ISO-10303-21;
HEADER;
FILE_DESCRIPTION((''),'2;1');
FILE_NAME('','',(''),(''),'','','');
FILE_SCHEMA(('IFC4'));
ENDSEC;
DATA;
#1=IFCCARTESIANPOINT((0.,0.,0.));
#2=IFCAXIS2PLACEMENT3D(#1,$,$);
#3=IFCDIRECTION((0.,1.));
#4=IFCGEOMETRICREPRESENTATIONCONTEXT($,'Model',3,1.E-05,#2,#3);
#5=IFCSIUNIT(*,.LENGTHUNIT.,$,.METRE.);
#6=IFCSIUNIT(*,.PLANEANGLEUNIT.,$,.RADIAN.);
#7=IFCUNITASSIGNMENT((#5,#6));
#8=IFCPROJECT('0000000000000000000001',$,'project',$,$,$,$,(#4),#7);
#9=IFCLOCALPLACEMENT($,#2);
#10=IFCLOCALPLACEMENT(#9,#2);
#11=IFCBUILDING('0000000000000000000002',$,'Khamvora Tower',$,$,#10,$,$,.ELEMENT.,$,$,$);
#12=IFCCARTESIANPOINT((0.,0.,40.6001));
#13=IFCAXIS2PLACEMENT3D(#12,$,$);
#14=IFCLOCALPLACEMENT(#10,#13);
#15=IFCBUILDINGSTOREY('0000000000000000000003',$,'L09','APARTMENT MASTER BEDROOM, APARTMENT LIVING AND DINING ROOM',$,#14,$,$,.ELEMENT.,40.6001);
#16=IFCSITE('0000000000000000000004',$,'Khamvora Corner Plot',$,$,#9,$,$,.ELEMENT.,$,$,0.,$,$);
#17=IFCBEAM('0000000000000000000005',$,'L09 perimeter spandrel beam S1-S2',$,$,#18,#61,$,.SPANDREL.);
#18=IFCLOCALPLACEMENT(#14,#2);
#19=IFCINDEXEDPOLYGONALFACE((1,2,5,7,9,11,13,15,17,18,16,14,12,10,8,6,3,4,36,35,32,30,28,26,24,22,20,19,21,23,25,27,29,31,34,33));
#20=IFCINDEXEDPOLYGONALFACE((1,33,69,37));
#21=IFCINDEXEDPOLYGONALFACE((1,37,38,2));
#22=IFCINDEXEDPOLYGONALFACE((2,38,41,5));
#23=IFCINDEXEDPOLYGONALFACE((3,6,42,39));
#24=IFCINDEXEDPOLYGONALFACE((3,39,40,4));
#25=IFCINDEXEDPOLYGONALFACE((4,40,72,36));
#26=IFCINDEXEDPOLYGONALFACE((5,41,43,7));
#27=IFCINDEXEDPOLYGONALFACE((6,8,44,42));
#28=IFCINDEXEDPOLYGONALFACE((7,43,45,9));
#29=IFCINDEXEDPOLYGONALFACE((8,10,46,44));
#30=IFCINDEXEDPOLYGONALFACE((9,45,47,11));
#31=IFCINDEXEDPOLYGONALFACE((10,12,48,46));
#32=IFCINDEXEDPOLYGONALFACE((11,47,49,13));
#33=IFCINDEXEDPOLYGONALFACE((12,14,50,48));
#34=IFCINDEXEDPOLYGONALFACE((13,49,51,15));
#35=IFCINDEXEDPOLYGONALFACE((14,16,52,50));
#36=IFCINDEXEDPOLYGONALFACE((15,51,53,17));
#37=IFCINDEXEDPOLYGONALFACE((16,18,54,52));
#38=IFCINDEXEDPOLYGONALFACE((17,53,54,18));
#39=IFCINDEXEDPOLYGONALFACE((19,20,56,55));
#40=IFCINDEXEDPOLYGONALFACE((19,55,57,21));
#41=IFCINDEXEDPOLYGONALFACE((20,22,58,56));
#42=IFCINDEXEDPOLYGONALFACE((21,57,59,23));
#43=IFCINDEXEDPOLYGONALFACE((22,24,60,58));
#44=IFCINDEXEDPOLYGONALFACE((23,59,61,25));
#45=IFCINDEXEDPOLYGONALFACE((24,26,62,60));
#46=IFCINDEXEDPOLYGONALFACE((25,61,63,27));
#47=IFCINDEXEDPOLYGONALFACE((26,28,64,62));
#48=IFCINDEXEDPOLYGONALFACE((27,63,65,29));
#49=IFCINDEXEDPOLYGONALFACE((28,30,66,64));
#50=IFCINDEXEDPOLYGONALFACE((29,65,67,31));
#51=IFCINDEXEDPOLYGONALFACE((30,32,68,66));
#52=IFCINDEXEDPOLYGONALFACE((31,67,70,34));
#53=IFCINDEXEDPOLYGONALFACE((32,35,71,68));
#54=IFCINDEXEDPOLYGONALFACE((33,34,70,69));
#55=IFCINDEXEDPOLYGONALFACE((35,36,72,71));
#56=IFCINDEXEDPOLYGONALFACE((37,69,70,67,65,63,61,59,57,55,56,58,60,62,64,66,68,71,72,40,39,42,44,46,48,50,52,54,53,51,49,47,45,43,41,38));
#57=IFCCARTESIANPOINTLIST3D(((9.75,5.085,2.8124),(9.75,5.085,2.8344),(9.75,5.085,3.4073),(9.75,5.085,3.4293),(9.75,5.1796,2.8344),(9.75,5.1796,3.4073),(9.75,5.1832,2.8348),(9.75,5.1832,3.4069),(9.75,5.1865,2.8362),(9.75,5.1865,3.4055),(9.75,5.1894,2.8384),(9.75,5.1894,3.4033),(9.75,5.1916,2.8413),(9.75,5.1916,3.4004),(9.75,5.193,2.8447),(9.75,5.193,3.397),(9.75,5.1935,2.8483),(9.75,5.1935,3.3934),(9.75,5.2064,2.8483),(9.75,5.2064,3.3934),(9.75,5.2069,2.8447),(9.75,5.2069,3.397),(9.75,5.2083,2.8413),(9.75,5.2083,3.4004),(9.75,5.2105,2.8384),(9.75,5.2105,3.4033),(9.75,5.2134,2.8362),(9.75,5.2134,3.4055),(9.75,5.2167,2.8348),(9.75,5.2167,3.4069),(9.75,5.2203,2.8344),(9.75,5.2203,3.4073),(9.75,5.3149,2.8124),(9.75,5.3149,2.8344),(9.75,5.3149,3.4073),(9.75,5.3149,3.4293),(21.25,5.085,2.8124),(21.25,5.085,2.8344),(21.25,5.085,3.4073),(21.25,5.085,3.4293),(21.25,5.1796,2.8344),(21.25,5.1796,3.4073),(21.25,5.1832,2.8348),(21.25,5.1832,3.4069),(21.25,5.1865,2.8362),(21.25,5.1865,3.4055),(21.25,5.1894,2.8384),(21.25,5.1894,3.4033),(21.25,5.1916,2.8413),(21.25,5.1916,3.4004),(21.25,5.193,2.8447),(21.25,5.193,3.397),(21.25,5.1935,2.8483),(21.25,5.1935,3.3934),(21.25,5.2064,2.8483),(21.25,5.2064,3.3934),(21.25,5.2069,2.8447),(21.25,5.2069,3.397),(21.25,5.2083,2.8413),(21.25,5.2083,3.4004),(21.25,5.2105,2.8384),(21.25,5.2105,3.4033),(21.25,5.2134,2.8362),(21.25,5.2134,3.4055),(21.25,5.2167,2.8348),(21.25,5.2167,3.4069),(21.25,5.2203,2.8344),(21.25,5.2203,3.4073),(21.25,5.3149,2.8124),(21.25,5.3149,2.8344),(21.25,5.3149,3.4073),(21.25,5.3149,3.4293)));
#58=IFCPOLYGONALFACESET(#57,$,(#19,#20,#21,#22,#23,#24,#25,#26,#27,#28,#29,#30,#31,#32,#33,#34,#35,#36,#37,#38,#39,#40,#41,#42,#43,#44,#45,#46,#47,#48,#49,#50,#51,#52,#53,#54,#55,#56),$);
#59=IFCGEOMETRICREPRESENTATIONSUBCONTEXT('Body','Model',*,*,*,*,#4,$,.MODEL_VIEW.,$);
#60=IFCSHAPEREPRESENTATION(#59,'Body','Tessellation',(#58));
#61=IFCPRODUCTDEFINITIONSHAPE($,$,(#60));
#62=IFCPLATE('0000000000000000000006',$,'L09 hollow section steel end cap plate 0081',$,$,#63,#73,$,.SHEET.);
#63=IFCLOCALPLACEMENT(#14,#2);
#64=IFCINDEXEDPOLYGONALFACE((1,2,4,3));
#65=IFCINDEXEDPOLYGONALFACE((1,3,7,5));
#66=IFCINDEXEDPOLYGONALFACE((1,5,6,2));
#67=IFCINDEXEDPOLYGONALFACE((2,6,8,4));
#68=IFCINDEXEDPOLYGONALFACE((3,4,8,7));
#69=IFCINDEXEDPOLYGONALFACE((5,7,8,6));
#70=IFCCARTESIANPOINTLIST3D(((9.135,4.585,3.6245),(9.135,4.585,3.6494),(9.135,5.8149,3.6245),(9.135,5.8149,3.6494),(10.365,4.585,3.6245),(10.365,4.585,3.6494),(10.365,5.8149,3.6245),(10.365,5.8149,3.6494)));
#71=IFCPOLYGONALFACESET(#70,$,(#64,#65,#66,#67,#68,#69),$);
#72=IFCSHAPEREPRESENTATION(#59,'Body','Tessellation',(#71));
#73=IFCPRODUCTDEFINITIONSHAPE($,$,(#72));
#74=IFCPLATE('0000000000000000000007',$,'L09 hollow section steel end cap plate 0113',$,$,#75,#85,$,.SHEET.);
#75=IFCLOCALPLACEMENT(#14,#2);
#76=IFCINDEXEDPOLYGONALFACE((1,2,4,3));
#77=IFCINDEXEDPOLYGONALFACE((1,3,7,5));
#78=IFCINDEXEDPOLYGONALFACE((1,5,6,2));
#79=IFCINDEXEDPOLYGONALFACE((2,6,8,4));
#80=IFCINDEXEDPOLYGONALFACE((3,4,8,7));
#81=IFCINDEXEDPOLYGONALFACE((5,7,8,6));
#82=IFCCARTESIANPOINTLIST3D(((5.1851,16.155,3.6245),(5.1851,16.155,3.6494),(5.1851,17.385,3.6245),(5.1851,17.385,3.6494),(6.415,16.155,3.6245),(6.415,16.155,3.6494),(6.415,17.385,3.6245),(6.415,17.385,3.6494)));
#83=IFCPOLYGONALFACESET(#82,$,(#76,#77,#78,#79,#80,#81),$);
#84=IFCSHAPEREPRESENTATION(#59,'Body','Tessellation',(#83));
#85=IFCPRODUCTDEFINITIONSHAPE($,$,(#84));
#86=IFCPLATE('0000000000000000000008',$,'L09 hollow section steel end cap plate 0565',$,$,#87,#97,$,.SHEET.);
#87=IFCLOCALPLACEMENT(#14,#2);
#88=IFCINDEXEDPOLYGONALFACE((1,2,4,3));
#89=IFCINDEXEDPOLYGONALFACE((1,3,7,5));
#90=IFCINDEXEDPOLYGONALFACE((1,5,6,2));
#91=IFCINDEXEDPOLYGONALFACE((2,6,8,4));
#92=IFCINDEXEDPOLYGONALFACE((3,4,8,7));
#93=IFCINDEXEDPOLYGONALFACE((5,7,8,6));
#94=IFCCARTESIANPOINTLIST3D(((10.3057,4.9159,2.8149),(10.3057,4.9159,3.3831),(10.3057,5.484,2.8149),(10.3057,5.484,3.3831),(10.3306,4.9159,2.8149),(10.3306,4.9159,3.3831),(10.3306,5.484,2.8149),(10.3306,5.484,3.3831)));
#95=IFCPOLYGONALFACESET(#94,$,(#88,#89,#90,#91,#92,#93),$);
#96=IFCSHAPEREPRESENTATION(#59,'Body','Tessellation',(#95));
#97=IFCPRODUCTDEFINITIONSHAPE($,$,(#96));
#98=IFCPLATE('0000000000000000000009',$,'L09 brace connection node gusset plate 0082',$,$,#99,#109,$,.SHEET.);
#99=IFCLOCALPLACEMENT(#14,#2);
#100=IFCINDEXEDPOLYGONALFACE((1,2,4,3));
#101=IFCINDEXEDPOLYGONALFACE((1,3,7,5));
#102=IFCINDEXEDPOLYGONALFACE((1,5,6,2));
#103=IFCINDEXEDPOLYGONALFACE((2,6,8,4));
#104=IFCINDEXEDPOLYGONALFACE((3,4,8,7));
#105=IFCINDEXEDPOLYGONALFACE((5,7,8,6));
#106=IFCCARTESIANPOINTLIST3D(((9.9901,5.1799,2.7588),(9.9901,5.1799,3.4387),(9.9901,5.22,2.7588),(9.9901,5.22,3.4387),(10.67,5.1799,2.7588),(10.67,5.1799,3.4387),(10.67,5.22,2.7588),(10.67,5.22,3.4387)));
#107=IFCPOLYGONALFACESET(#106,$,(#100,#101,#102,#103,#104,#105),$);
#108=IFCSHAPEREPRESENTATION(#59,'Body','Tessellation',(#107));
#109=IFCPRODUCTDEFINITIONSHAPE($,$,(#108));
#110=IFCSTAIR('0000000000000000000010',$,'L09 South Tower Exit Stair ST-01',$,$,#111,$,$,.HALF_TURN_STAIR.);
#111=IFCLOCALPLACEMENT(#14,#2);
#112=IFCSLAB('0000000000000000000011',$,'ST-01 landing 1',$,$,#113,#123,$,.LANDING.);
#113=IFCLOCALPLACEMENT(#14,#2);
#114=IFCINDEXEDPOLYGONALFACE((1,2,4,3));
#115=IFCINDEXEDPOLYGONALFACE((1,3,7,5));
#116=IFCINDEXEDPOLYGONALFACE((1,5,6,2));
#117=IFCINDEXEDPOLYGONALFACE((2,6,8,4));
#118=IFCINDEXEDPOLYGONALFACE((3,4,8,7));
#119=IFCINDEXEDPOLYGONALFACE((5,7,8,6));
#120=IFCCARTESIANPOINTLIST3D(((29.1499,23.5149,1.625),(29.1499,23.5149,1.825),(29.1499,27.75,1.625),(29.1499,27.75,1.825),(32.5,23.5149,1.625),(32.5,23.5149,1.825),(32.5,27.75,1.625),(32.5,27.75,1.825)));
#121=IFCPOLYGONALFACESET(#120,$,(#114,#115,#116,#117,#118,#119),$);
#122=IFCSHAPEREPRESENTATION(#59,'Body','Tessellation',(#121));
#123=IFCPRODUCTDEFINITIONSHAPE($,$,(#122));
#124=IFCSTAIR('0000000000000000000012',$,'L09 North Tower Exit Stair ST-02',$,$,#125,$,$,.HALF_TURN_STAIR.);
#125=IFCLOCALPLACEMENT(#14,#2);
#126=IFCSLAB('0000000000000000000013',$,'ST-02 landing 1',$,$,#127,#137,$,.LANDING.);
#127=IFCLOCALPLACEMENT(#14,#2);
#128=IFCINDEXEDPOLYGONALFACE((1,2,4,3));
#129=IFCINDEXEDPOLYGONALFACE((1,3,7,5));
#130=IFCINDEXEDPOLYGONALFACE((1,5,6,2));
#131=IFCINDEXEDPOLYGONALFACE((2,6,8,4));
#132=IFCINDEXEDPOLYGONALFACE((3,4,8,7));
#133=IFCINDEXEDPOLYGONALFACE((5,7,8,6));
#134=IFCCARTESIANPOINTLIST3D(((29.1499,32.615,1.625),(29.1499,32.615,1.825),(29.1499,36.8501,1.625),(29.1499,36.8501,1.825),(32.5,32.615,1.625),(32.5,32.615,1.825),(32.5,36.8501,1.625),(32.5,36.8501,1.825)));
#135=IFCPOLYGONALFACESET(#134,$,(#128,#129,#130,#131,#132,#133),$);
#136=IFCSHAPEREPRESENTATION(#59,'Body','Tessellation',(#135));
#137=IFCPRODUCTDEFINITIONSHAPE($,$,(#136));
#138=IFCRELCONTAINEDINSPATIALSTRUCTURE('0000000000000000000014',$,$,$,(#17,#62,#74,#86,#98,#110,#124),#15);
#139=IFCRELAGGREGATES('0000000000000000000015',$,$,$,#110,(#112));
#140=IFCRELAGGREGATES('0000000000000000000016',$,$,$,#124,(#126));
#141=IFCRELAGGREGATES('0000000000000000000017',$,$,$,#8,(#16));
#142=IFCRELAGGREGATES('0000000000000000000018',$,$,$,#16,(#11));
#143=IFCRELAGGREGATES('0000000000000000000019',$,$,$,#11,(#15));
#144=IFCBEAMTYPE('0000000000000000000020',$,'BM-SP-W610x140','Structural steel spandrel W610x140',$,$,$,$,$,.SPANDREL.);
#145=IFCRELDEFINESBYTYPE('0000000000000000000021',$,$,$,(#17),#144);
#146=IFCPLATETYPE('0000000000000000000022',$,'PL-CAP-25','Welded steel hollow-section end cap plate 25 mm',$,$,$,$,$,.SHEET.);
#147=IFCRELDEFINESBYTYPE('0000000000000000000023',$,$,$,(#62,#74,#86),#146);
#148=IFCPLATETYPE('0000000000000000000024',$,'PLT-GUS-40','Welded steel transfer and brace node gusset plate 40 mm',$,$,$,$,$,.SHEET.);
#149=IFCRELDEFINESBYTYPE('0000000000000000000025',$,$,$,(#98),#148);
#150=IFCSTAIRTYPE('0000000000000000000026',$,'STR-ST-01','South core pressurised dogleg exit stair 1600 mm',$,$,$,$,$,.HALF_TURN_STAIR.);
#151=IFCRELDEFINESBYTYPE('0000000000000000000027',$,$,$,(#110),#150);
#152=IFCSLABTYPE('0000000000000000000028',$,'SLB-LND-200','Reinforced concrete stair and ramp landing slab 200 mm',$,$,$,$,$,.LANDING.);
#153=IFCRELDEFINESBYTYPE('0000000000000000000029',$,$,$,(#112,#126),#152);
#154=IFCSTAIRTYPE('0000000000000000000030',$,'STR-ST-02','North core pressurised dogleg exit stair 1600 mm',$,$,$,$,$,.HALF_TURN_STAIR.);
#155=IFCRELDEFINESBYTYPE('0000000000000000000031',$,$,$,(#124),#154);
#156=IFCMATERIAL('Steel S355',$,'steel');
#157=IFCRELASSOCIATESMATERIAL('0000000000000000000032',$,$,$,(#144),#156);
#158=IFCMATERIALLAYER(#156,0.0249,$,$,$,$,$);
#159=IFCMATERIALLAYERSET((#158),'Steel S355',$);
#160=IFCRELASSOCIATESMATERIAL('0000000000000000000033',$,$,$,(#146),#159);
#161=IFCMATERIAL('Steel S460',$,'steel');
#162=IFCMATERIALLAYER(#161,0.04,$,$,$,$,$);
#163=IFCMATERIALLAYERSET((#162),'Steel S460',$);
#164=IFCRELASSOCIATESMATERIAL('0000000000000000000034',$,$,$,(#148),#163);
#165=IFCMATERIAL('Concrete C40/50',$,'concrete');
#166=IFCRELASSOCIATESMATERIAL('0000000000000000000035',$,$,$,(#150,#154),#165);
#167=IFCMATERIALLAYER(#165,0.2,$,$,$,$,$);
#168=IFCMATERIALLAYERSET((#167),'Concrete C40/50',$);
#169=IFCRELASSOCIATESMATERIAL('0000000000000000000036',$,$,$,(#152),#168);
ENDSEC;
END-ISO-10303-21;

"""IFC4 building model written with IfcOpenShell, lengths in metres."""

from ifc_helpers import new_model, si_unit, direction, frame, origin, origin_2d, place, context, subcontext, project, spatial, polyline, rectangle, i_section, outline, extrude, material, layer, layer_set, material_profile, profile_set, type_object, element, aggregate, save


model = new_model("IFC4")

# Units and contexts
model_context = context("Model", 3, precision=1e-05, world=origin(), true_north=direction((0.0, 1.0)))
body_context = subcontext(model_context, "Body", "Model", "MODEL_VIEW")
ifc_project = project(units=[si_unit("LENGTHUNIT", "METRE"), si_unit("PLANEANGLEUNIT", "RADIAN")], contexts=[model_context])

# Site, building, storey
site_placement = place(None, origin())
site = spatial("IfcSite", under=ifc_project, at=site_placement, Name="Khamvora Corner Plot", CompositionType="ELEMENT", RefElevation=0.0)
building_placement = place(site_placement, origin())
building = spatial("IfcBuilding", under=site, at=building_placement, Name="Khamvora Tower", CompositionType="ELEMENT")
storey_placement = place(building_placement, frame((0.0, 0.0, 40.6001)))
storey = spatial("IfcBuildingStorey", under=building, at=storey_placement, Name="L09", Description="APARTMENT MASTER BEDROOM, APARTMENT LIVING AND DINING ROOM", CompositionType="ELEMENT", Elevation=40.6001)

# Shared definitions
ifc_material_1 = material(Name="Steel S460", Category="steel")

# Beam
ifc_material_2 = material(Name="Steel S355", Category="steel")
ifc_material_profile_1 = material_profile(ifc_material_2, i_section(OverallWidth=0.23, OverallDepth=0.6169, WebThickness=0.0129, FlangeThickness=0.022, FilletRadius=0.0139, at=origin_2d()), Name="W610x140")
ifc_profile_set_1 = profile_set([ifc_material_profile_1], Name="Steel S355")
beam_type_1 = type_object("IfcBeamType", Name="BM-SP-W610x140", Description="Structural steel spandrel W610x140", PredefinedType="SPANDREL", material=ifc_profile_set_1)
beam_1_placement = place(storey_placement, frame((9.75, 5.2, 3.1208), z_axis=(1.0, 0.0, 0.0), x_axis=(0.0, 1.0, 0.0)))
element("IfcBeam", 1, at=beam_1_placement, inside=storey, type_object=beam_type_1, Name="L09 perimeter spandrel beam S1-S2", PredefinedType="SPANDREL", context=body_context, shape_type="SweptSolid", body=[
    extrude(i_section(OverallWidth=0.23, OverallDepth=0.6169, WebThickness=0.0129, FlangeThickness=0.022, FilletRadius=0.0139, at=origin_2d()), origin(), (0.0, 0.0, 1.0), 11.5),
])

# Plates
ifc_layer_1 = layer(ifc_material_2, 0.0249)
ifc_layer_set_1 = layer_set([ifc_layer_1], Name="Steel S355")
plate_type_1 = type_object("IfcPlateType", Name="PL-CAP-25", Description="Welded steel hollow-section end cap plate 25 mm", PredefinedType="SHEET", material=ifc_layer_set_1)
for number, where, z_axis, x_axis, name in (
    (2, (9.75, 5.2, 3.6245), (0.0, 0.0, 1.0), (1.0, 0.0, 0.0), "L09 hollow section steel end cap plate 0081"),
    (3, (5.8, 16.77, 3.6245), (0.0, 0.0, 1.0), (1.0, 0.0, 0.0), "L09 hollow section steel end cap plate 0113"),
):
    element("IfcPlate", number, at=place(storey_placement, frame(where, z_axis=z_axis, x_axis=x_axis)), inside=storey, type_object=plate_type_1, Name=name, PredefinedType="SHEET", context=body_context, shape_type="SweptSolid", body=[
        extrude(rectangle(XDim=1.23, YDim=1.23, at=origin_2d()), origin(), (0.0, 0.0, 1.0), 0.0249),
    ])
plate_1_placement = place(storey_placement, frame((10.3181, 5.2, 2.8149), z_axis=(0.0, 0.0, 1.0), x_axis=(-1.0, 0.0, 0.0)))
element("IfcPlate", 4, at=plate_1_placement, inside=storey, type_object=plate_type_1, Name="L09 hollow section steel end cap plate 0565", PredefinedType="SHEET", context=body_context, shape_type="SweptSolid", body=[
    extrude(rectangle(XDim=0.0249, YDim=0.5681, at=origin_2d()), origin(), (0.0, 0.0, 1.0), 0.5681),
])
ifc_layer_2 = layer(ifc_material_1, 0.04)
ifc_layer_set_2 = layer_set([ifc_layer_2], Name="Steel S460")
plate_type_2 = type_object("IfcPlateType", Name="PLT-GUS-40", Description="Welded steel transfer and brace node gusset plate 40 mm", PredefinedType="SHEET", material=ifc_layer_set_2)
plate_2_placement = place(storey_placement, frame((10.3301, 5.2, 2.7588), z_axis=(0.0, 0.0, 1.0), x_axis=(1.0, 0.0, 0.0)))
element("IfcPlate", 5, at=plate_2_placement, inside=storey, type_object=plate_type_2, Name="L09 brace connection node gusset plate 0082", PredefinedType="SHEET", context=body_context, shape_type="SweptSolid", body=[
    extrude(rectangle(XDim=0.6799, YDim=0.04, at=origin_2d()), origin(), (0.0, 0.0, 1.0), 0.6799),
])

# Stairs, slabs
ifc_material_3 = material(Name="Concrete C40/50", Category="concrete")
stair_type_1 = type_object("IfcStairType", Name="STR-ST-01", Description="South core pressurised dogleg exit stair 1600 mm", PredefinedType="HALF_TURN_STAIR", material=ifc_material_3)
stair_1_placement = place(storey_placement, origin())
stair_1 = element("IfcStair", 6, at=stair_1_placement, inside=storey, type_object=stair_type_1, Name="L09 South Tower Exit Stair ST-01", PredefinedType="HALF_TURN_STAIR")
ifc_layer_3 = layer(ifc_material_3, 0.2)
ifc_layer_set_3 = layer_set([ifc_layer_3], Name="Concrete C40/50")
slab_type_1 = type_object("IfcSlabType", Name="SLB-LND-200", Description="Reinforced concrete stair and ramp landing slab 200 mm", PredefinedType="LANDING", material=ifc_layer_set_3)
slab_1_placement = place(storey_placement, frame((0.0, 0.0, 1.625)))
slab_1 = element("IfcSlab", 7, at=slab_1_placement, type_object=slab_type_1, Name="ST-01 landing 1", PredefinedType="LANDING", context=body_context, shape_type="SweptSolid", body=[
    extrude(outline(polyline([(32.5, 23.5149), (32.5, 27.75), (29.1499, 27.75), (29.1499, 23.5149), (32.5, 23.5149)])), origin(), (0.0, 0.0, 1.0), 0.2),
])
aggregate(stair_1, [slab_1])
stair_type_2 = type_object("IfcStairType", Name="STR-ST-02", Description="North core pressurised dogleg exit stair 1600 mm", PredefinedType="HALF_TURN_STAIR", material=ifc_material_3)
stair_2_placement = place(storey_placement, origin())
stair_2 = element("IfcStair", 8, at=stair_2_placement, inside=storey, type_object=stair_type_2, Name="L09 North Tower Exit Stair ST-02", PredefinedType="HALF_TURN_STAIR")
slab_2_placement = place(storey_placement, frame((0.0, 0.0, 1.625)))
slab_2 = element("IfcSlab", 9, at=slab_2_placement, type_object=slab_type_1, Name="ST-02 landing 1", PredefinedType="LANDING", context=body_context, shape_type="SweptSolid", body=[
    extrude(outline(polyline([(32.5, 32.615), (32.5, 36.8501), (29.1499, 36.8501), (29.1499, 32.615), (32.5, 32.615)])), origin(), (0.0, 0.0, 1.0), 0.2),
])
aggregate(stair_2, [slab_2])

save(model, "model.ifc")
